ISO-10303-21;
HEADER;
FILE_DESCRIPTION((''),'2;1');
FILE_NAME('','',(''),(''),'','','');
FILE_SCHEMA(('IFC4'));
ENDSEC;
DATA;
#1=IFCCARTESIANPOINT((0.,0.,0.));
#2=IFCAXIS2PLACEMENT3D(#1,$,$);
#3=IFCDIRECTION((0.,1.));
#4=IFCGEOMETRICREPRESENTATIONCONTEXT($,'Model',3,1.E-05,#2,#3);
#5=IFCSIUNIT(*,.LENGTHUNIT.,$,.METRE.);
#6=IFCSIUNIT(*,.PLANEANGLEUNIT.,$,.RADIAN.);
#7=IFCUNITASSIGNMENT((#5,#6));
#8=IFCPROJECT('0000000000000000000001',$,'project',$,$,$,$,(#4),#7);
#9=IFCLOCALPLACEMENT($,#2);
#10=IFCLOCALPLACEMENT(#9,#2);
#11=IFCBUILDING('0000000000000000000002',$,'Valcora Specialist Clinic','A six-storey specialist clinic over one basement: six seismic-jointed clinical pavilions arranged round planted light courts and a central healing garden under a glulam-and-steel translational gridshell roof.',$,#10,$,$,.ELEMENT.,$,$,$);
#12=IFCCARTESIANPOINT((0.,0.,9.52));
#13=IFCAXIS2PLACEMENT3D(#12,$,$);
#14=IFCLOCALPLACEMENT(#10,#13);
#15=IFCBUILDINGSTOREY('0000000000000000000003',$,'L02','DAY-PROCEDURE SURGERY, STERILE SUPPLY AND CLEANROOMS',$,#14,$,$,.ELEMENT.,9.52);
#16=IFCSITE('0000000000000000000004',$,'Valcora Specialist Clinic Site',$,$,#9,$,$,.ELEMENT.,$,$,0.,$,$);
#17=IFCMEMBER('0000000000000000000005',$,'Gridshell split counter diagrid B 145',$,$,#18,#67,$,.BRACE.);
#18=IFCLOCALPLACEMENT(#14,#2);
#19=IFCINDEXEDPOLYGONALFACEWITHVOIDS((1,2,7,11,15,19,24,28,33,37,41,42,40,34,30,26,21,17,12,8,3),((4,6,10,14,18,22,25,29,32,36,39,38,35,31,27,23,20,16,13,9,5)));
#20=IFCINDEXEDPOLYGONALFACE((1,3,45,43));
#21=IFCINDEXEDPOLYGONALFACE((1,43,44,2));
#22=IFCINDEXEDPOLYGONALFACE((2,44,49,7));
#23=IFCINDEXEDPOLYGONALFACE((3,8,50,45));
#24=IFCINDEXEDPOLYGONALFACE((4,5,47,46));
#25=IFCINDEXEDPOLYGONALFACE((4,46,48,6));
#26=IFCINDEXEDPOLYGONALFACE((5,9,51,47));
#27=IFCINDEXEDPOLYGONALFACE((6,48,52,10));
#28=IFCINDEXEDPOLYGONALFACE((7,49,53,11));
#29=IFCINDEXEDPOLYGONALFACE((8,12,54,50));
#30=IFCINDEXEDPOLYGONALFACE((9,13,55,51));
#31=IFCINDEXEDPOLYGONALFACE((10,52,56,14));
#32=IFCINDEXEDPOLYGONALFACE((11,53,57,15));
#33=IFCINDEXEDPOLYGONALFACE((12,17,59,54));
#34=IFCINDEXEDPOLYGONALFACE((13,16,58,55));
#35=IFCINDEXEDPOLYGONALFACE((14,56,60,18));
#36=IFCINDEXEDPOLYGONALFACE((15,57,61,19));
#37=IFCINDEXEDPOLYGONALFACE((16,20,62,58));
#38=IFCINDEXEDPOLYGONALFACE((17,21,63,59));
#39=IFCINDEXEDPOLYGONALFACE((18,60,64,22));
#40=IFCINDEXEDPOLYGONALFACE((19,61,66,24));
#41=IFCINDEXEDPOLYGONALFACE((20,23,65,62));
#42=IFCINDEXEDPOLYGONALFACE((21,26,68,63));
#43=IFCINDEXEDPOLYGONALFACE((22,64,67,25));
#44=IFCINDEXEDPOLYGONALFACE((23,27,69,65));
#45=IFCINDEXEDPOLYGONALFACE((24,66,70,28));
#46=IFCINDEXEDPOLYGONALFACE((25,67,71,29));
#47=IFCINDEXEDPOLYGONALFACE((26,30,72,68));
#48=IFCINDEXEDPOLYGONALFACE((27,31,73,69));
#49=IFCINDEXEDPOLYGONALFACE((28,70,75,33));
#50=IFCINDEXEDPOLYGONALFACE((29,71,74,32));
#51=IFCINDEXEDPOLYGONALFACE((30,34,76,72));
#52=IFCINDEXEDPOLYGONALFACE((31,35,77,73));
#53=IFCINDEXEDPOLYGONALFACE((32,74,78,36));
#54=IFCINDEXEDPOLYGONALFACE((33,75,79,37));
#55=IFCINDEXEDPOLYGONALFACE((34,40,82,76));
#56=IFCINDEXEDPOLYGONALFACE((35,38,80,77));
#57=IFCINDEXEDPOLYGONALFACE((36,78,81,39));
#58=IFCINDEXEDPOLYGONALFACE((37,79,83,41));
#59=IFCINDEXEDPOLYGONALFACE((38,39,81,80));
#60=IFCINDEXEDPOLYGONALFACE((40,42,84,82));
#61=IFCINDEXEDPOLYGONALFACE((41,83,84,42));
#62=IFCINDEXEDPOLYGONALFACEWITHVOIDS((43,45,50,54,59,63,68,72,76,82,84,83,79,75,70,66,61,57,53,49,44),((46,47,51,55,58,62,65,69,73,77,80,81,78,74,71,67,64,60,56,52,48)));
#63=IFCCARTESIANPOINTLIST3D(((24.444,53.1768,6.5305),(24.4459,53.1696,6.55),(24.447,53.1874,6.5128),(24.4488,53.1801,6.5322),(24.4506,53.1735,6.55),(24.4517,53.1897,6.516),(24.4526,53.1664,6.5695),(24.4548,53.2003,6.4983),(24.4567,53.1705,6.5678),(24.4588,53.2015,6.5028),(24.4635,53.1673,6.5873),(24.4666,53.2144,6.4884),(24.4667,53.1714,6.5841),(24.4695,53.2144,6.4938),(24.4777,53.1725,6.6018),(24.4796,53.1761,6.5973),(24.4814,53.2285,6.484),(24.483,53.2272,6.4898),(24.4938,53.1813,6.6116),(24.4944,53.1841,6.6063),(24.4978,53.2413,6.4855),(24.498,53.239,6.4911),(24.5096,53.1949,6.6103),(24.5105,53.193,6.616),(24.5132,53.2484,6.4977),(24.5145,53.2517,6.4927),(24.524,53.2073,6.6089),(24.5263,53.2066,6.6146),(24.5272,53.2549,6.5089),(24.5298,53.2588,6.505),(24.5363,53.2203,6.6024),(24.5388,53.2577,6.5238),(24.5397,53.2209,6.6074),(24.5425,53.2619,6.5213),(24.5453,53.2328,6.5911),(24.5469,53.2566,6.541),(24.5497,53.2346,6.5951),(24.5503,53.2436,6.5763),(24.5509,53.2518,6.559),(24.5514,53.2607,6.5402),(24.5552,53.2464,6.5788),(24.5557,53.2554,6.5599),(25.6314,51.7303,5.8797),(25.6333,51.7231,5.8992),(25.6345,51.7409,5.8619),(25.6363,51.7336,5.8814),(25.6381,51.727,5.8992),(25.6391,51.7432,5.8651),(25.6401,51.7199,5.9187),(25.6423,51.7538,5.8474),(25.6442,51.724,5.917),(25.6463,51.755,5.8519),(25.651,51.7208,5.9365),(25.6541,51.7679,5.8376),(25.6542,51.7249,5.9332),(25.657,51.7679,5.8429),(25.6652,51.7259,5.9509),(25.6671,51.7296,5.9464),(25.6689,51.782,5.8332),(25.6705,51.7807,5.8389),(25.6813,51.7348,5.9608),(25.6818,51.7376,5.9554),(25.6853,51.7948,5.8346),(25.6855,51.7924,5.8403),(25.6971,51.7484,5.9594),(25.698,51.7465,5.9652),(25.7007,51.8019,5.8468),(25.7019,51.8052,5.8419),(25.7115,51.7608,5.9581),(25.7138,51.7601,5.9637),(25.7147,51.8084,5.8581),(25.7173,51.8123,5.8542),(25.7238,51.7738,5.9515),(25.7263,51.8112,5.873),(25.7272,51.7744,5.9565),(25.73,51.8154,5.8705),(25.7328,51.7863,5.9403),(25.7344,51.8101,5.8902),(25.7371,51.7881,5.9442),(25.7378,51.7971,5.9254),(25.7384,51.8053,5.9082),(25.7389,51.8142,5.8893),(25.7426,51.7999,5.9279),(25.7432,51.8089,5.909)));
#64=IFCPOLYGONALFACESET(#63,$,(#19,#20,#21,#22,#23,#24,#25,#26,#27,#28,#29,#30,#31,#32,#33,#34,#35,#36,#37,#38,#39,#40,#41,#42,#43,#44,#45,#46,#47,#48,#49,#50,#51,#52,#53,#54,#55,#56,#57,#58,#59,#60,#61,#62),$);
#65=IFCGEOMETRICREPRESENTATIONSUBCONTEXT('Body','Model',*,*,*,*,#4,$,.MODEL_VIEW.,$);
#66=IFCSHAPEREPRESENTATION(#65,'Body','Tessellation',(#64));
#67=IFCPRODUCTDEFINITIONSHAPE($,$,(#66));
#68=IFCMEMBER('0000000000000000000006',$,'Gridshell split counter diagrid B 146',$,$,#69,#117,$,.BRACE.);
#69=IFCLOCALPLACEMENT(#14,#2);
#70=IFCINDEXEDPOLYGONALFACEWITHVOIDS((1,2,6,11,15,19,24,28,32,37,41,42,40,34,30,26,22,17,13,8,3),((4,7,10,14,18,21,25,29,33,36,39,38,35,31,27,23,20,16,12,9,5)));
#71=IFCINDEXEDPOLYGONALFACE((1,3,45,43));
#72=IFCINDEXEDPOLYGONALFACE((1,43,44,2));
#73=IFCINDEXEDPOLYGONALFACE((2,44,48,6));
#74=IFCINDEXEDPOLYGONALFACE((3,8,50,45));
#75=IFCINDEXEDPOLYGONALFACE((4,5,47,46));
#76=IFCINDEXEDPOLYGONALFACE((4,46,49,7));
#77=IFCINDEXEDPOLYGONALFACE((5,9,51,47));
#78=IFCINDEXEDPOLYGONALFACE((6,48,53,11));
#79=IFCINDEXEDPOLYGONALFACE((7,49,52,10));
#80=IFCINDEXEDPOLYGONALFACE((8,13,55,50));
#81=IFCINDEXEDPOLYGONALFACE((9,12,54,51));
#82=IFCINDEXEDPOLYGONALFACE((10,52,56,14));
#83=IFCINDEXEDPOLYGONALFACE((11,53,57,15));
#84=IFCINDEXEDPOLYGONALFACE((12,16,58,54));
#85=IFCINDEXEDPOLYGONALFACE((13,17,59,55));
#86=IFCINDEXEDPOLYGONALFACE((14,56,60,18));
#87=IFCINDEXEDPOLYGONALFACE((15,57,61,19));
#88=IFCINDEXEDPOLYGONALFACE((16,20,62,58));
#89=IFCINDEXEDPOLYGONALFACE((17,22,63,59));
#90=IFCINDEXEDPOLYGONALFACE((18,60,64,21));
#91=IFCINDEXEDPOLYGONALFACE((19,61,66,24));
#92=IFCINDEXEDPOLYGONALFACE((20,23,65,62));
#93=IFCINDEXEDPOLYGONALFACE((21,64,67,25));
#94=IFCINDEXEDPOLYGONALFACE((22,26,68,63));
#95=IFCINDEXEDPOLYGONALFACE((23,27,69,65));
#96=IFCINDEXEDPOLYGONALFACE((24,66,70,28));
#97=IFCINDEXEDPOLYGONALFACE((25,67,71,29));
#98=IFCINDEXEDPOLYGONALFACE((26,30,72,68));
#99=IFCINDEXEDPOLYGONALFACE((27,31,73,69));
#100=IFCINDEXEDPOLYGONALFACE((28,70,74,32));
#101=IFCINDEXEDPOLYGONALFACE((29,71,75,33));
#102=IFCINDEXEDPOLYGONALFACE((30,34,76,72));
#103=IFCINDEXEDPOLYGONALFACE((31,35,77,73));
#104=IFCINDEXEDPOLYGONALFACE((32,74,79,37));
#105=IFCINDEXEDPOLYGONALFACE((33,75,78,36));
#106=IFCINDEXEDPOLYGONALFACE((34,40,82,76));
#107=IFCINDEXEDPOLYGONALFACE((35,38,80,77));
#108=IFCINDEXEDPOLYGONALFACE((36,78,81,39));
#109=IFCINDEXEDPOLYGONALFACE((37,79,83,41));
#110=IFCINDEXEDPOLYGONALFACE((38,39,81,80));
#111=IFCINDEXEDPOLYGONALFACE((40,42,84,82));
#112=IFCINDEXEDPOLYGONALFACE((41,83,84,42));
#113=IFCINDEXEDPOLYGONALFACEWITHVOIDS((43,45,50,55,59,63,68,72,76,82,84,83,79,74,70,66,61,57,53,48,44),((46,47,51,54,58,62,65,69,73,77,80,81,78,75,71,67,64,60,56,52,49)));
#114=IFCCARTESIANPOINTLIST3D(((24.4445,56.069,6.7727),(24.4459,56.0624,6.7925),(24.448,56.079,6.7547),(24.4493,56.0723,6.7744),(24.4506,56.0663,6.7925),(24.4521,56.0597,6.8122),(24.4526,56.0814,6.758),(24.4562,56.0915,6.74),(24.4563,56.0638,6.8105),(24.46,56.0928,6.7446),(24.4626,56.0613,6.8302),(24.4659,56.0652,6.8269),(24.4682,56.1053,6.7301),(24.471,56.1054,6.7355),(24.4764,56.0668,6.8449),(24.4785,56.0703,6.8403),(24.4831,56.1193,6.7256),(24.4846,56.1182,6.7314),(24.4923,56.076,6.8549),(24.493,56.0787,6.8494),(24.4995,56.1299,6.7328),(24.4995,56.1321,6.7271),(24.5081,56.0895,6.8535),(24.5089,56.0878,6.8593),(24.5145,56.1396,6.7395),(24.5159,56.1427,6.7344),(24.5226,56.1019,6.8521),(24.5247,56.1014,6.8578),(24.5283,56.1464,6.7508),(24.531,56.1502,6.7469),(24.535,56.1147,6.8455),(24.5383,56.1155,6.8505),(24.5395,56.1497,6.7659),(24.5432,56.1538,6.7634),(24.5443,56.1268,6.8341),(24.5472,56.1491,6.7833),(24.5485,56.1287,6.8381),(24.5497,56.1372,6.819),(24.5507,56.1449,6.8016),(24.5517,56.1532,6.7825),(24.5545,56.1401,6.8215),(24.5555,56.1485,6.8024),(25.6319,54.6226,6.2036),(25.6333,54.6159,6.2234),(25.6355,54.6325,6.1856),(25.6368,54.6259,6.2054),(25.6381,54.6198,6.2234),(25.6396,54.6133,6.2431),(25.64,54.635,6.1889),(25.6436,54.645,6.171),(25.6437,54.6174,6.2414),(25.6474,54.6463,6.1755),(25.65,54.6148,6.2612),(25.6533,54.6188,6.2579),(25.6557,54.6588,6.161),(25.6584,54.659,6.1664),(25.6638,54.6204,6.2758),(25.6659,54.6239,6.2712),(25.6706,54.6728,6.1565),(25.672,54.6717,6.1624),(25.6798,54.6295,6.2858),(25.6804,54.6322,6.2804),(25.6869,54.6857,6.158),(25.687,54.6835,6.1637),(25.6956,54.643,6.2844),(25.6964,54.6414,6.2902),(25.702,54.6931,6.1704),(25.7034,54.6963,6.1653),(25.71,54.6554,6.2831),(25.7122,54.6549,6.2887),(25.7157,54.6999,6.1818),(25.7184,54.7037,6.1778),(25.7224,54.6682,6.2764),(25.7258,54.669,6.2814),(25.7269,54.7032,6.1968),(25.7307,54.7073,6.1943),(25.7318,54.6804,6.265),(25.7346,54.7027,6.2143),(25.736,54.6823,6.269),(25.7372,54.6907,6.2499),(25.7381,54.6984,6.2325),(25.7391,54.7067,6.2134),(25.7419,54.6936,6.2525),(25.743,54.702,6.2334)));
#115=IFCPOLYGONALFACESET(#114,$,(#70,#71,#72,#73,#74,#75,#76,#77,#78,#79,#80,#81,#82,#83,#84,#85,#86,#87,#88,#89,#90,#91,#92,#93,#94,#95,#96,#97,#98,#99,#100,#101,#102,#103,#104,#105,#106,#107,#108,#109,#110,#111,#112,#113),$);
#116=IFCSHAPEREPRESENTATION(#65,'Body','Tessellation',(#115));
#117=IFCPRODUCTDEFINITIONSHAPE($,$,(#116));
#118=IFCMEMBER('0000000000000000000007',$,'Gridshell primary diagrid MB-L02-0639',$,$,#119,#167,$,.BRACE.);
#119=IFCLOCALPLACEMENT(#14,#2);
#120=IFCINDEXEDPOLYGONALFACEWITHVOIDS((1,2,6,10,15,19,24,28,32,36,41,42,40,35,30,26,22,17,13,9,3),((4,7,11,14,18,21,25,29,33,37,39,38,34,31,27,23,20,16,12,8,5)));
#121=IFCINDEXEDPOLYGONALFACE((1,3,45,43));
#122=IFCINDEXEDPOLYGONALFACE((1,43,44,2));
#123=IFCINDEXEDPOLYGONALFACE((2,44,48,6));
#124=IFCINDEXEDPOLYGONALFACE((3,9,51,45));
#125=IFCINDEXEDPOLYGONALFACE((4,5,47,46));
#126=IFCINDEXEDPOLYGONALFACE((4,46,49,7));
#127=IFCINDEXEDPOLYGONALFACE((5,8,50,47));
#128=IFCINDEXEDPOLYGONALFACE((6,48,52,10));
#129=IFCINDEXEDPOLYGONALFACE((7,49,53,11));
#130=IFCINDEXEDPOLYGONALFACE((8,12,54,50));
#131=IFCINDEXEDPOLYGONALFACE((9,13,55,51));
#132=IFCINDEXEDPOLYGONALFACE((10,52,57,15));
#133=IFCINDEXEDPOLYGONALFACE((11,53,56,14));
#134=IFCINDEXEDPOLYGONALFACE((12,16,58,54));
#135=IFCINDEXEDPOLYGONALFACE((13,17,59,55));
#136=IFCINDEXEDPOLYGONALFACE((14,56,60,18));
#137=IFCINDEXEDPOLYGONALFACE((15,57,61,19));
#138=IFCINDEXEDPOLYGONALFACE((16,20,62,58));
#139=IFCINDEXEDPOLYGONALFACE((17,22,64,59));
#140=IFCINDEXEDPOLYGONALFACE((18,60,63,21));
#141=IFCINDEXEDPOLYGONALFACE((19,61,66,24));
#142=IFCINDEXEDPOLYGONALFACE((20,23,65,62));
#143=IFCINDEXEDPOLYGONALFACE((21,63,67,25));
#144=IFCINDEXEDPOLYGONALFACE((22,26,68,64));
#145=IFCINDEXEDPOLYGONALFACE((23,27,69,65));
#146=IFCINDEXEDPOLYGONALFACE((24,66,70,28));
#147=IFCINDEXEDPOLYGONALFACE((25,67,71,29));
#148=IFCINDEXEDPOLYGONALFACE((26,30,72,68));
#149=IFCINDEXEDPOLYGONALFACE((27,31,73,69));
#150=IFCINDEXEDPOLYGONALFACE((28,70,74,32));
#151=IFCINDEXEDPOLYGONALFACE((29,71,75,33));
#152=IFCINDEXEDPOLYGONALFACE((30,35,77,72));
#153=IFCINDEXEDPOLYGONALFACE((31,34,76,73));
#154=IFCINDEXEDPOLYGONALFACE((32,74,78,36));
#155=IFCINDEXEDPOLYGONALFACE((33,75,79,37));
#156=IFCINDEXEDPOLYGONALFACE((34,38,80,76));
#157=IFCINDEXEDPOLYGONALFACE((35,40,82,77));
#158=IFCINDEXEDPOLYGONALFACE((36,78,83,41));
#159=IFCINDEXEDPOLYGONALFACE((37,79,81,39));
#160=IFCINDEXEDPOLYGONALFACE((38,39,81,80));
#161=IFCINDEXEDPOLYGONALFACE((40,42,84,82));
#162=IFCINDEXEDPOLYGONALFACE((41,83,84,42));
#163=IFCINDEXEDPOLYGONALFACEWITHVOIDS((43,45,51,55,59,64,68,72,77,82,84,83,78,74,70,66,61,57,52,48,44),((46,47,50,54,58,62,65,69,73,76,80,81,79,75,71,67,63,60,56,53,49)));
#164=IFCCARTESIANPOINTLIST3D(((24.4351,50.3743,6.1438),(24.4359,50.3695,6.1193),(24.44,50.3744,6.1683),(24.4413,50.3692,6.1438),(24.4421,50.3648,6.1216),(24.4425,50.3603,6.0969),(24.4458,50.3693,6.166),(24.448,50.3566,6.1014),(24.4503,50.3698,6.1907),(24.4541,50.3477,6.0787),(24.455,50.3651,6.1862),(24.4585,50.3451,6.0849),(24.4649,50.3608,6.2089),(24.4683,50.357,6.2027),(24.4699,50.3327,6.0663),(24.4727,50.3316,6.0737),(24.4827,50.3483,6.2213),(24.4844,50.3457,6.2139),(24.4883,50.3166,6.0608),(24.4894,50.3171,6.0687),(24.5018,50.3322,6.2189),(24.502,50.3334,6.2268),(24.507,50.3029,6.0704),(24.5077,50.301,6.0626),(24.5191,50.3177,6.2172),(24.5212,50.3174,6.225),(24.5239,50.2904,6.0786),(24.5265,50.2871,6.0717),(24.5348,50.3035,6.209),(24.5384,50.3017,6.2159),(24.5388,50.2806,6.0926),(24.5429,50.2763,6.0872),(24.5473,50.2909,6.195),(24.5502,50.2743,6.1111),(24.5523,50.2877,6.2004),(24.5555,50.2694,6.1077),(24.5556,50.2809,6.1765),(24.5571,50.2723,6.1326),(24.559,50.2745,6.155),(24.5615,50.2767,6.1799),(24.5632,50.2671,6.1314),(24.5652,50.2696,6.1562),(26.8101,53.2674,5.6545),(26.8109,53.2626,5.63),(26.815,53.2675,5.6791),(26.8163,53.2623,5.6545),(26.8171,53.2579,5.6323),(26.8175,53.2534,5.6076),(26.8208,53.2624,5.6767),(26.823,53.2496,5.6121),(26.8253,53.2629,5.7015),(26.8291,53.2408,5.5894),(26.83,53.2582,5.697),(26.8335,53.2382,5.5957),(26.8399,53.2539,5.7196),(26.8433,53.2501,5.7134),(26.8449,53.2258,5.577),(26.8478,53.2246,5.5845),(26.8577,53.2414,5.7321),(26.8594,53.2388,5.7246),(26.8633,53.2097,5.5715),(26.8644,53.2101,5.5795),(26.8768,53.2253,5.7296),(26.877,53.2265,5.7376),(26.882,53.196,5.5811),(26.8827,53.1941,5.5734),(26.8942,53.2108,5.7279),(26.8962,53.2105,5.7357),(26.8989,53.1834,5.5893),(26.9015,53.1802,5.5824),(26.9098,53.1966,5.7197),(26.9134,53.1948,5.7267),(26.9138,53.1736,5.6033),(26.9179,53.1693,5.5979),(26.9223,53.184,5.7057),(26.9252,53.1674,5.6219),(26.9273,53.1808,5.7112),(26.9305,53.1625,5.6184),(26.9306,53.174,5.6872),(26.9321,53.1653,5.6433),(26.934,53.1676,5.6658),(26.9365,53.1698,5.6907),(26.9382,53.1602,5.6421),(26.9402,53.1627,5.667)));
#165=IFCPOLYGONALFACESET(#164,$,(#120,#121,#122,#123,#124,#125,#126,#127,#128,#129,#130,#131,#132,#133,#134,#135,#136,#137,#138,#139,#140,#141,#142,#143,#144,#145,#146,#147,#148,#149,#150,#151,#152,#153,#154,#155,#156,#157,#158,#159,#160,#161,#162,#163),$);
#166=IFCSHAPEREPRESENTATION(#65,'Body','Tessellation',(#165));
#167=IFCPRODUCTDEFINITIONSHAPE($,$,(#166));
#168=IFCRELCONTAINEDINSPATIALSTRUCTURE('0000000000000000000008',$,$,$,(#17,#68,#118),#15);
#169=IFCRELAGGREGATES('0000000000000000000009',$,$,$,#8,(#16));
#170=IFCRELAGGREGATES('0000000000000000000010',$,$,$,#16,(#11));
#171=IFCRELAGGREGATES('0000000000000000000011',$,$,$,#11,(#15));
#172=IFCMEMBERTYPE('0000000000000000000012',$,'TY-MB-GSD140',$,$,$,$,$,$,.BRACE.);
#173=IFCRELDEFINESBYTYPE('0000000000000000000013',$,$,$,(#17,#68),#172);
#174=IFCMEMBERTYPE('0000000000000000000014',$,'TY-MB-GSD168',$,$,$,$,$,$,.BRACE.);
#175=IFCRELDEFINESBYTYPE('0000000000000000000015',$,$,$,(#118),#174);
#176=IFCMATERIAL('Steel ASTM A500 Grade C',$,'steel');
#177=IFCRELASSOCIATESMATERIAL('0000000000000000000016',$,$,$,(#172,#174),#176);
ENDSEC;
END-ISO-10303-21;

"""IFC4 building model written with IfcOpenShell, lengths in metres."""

from ifc_helpers import new_model, si_unit, direction, frame, origin, origin_2d, place, context, subcontext, project, spatial, hollow_circle, extrude, material, material_profile, profile_set, type_object, element, save


model = new_model("IFC4")

# Units and contexts
model_context = context("Model", 3, precision=1e-05, world=origin(), true_north=direction((0.0, 1.0)))
body_context = subcontext(model_context, "Body", "Model", "MODEL_VIEW")
ifc_project = project(units=[si_unit("LENGTHUNIT", "METRE"), si_unit("PLANEANGLEUNIT", "RADIAN")], contexts=[model_context])

# Site, building, storey
site_placement = place(None, origin())
site = spatial("IfcSite", under=ifc_project, at=site_placement, Name="Valcora Specialist Clinic Site", CompositionType="ELEMENT", RefElevation=0.0)
building_placement = place(site_placement, origin())
building = spatial("IfcBuilding", under=site, at=building_placement, Name="Valcora Specialist Clinic", Description="A six-storey specialist clinic over one basement: six seismic-jointed clinical pavilions arranged round planted light courts and a central healing garden under a glulam-and-steel translational gridshell roof.", CompositionType="ELEMENT")
storey_placement = place(building_placement, frame((0.0, 0.0, 9.52)))
storey = spatial("IfcBuildingStorey", under=building, at=storey_placement, Name="L02", Description="DAY-PROCEDURE SURGERY, STERILE SUPPLY AND CLEANROOMS", CompositionType="ELEMENT", Elevation=9.52)

# Members
ifc_material_1 = material(Name="Steel ASTM A500 Grade C", Category="steel")
ifc_material_profile_1 = material_profile(ifc_material_1, hollow_circle(Radius=0.0701, WallThickness=0.0061, at=origin_2d()), Name="ST-CHS-140X6")
ifc_profile_set_1 = profile_set([ifc_material_profile_1], Name="Steel ASTM A500 Grade C")
member_type_1 = type_object("IfcMemberType", Name="TY-MB-GSD140", PredefinedType="BRACE", material=ifc_profile_set_1)
member_1_placement = place(storey_placement, frame((25.6875, 51.7676, 5.8992), z_axis=(-0.5993, 0.730027, 0.328481), x_axis=(-0.772916, -0.634508, 0.0)))
element("IfcMember", 1, at=member_1_placement, inside=storey, type_object=member_type_1, Name="Gridshell split counter diagrid B 145", PredefinedType="BRACE", context=body_context, shape_type="SweptSolid", body=[
    extrude(hollow_circle(Radius=0.0701, WallThickness=0.0061, at=origin_2d()), origin(), (0.0, 0.0, 1.0), 1.9814),
])
member_2_placement = place(storey_placement, frame((25.6875, 54.6604, 6.2234), z_axis=(-0.607063, 0.739484, 0.290926), x_axis=(-0.772916, -0.634508, 0.0)))
element("IfcMember", 2, at=member_2_placement, inside=storey, type_object=member_type_1, Name="Gridshell split counter diagrid B 146", PredefinedType="BRACE", context=body_context, shape_type="SweptSolid", body=[
    extrude(hollow_circle(Radius=0.0701, WallThickness=0.0061, at=origin_2d()), origin(), (0.0, 0.0, 1.0), 1.9561),
])
ifc_material_profile_2 = material_profile(ifc_material_1, hollow_circle(Radius=0.084, WallThickness=0.0081, at=origin_2d()), Name="ST-CHS-168X8")
ifc_profile_set_2 = profile_set([ifc_material_profile_2], Name="Steel ASTM A500 Grade C")
member_type_2 = type_object("IfcMemberType", Name="TY-MB-GSD168", PredefinedType="BRACE", material=ifc_profile_set_2)
member_3_placement = place(storey_placement, frame((24.5, 50.321, 6.1438), z_axis=(0.629157, 0.766397, -0.129608), x_axis=(-0.772916, 0.634508, 0.0)))
element("IfcMember", 3, at=member_3_placement, inside=storey, type_object=member_type_2, Name="Gridshell primary diagrid MB-L02-0639", PredefinedType="BRACE", context=body_context, shape_type="SweptSolid", body=[
    extrude(hollow_circle(Radius=0.084, WallThickness=0.0081, at=origin_2d()), origin(), (0.0, 0.0, 1.0), 3.7749),
])

save(model, "model.ifc")
